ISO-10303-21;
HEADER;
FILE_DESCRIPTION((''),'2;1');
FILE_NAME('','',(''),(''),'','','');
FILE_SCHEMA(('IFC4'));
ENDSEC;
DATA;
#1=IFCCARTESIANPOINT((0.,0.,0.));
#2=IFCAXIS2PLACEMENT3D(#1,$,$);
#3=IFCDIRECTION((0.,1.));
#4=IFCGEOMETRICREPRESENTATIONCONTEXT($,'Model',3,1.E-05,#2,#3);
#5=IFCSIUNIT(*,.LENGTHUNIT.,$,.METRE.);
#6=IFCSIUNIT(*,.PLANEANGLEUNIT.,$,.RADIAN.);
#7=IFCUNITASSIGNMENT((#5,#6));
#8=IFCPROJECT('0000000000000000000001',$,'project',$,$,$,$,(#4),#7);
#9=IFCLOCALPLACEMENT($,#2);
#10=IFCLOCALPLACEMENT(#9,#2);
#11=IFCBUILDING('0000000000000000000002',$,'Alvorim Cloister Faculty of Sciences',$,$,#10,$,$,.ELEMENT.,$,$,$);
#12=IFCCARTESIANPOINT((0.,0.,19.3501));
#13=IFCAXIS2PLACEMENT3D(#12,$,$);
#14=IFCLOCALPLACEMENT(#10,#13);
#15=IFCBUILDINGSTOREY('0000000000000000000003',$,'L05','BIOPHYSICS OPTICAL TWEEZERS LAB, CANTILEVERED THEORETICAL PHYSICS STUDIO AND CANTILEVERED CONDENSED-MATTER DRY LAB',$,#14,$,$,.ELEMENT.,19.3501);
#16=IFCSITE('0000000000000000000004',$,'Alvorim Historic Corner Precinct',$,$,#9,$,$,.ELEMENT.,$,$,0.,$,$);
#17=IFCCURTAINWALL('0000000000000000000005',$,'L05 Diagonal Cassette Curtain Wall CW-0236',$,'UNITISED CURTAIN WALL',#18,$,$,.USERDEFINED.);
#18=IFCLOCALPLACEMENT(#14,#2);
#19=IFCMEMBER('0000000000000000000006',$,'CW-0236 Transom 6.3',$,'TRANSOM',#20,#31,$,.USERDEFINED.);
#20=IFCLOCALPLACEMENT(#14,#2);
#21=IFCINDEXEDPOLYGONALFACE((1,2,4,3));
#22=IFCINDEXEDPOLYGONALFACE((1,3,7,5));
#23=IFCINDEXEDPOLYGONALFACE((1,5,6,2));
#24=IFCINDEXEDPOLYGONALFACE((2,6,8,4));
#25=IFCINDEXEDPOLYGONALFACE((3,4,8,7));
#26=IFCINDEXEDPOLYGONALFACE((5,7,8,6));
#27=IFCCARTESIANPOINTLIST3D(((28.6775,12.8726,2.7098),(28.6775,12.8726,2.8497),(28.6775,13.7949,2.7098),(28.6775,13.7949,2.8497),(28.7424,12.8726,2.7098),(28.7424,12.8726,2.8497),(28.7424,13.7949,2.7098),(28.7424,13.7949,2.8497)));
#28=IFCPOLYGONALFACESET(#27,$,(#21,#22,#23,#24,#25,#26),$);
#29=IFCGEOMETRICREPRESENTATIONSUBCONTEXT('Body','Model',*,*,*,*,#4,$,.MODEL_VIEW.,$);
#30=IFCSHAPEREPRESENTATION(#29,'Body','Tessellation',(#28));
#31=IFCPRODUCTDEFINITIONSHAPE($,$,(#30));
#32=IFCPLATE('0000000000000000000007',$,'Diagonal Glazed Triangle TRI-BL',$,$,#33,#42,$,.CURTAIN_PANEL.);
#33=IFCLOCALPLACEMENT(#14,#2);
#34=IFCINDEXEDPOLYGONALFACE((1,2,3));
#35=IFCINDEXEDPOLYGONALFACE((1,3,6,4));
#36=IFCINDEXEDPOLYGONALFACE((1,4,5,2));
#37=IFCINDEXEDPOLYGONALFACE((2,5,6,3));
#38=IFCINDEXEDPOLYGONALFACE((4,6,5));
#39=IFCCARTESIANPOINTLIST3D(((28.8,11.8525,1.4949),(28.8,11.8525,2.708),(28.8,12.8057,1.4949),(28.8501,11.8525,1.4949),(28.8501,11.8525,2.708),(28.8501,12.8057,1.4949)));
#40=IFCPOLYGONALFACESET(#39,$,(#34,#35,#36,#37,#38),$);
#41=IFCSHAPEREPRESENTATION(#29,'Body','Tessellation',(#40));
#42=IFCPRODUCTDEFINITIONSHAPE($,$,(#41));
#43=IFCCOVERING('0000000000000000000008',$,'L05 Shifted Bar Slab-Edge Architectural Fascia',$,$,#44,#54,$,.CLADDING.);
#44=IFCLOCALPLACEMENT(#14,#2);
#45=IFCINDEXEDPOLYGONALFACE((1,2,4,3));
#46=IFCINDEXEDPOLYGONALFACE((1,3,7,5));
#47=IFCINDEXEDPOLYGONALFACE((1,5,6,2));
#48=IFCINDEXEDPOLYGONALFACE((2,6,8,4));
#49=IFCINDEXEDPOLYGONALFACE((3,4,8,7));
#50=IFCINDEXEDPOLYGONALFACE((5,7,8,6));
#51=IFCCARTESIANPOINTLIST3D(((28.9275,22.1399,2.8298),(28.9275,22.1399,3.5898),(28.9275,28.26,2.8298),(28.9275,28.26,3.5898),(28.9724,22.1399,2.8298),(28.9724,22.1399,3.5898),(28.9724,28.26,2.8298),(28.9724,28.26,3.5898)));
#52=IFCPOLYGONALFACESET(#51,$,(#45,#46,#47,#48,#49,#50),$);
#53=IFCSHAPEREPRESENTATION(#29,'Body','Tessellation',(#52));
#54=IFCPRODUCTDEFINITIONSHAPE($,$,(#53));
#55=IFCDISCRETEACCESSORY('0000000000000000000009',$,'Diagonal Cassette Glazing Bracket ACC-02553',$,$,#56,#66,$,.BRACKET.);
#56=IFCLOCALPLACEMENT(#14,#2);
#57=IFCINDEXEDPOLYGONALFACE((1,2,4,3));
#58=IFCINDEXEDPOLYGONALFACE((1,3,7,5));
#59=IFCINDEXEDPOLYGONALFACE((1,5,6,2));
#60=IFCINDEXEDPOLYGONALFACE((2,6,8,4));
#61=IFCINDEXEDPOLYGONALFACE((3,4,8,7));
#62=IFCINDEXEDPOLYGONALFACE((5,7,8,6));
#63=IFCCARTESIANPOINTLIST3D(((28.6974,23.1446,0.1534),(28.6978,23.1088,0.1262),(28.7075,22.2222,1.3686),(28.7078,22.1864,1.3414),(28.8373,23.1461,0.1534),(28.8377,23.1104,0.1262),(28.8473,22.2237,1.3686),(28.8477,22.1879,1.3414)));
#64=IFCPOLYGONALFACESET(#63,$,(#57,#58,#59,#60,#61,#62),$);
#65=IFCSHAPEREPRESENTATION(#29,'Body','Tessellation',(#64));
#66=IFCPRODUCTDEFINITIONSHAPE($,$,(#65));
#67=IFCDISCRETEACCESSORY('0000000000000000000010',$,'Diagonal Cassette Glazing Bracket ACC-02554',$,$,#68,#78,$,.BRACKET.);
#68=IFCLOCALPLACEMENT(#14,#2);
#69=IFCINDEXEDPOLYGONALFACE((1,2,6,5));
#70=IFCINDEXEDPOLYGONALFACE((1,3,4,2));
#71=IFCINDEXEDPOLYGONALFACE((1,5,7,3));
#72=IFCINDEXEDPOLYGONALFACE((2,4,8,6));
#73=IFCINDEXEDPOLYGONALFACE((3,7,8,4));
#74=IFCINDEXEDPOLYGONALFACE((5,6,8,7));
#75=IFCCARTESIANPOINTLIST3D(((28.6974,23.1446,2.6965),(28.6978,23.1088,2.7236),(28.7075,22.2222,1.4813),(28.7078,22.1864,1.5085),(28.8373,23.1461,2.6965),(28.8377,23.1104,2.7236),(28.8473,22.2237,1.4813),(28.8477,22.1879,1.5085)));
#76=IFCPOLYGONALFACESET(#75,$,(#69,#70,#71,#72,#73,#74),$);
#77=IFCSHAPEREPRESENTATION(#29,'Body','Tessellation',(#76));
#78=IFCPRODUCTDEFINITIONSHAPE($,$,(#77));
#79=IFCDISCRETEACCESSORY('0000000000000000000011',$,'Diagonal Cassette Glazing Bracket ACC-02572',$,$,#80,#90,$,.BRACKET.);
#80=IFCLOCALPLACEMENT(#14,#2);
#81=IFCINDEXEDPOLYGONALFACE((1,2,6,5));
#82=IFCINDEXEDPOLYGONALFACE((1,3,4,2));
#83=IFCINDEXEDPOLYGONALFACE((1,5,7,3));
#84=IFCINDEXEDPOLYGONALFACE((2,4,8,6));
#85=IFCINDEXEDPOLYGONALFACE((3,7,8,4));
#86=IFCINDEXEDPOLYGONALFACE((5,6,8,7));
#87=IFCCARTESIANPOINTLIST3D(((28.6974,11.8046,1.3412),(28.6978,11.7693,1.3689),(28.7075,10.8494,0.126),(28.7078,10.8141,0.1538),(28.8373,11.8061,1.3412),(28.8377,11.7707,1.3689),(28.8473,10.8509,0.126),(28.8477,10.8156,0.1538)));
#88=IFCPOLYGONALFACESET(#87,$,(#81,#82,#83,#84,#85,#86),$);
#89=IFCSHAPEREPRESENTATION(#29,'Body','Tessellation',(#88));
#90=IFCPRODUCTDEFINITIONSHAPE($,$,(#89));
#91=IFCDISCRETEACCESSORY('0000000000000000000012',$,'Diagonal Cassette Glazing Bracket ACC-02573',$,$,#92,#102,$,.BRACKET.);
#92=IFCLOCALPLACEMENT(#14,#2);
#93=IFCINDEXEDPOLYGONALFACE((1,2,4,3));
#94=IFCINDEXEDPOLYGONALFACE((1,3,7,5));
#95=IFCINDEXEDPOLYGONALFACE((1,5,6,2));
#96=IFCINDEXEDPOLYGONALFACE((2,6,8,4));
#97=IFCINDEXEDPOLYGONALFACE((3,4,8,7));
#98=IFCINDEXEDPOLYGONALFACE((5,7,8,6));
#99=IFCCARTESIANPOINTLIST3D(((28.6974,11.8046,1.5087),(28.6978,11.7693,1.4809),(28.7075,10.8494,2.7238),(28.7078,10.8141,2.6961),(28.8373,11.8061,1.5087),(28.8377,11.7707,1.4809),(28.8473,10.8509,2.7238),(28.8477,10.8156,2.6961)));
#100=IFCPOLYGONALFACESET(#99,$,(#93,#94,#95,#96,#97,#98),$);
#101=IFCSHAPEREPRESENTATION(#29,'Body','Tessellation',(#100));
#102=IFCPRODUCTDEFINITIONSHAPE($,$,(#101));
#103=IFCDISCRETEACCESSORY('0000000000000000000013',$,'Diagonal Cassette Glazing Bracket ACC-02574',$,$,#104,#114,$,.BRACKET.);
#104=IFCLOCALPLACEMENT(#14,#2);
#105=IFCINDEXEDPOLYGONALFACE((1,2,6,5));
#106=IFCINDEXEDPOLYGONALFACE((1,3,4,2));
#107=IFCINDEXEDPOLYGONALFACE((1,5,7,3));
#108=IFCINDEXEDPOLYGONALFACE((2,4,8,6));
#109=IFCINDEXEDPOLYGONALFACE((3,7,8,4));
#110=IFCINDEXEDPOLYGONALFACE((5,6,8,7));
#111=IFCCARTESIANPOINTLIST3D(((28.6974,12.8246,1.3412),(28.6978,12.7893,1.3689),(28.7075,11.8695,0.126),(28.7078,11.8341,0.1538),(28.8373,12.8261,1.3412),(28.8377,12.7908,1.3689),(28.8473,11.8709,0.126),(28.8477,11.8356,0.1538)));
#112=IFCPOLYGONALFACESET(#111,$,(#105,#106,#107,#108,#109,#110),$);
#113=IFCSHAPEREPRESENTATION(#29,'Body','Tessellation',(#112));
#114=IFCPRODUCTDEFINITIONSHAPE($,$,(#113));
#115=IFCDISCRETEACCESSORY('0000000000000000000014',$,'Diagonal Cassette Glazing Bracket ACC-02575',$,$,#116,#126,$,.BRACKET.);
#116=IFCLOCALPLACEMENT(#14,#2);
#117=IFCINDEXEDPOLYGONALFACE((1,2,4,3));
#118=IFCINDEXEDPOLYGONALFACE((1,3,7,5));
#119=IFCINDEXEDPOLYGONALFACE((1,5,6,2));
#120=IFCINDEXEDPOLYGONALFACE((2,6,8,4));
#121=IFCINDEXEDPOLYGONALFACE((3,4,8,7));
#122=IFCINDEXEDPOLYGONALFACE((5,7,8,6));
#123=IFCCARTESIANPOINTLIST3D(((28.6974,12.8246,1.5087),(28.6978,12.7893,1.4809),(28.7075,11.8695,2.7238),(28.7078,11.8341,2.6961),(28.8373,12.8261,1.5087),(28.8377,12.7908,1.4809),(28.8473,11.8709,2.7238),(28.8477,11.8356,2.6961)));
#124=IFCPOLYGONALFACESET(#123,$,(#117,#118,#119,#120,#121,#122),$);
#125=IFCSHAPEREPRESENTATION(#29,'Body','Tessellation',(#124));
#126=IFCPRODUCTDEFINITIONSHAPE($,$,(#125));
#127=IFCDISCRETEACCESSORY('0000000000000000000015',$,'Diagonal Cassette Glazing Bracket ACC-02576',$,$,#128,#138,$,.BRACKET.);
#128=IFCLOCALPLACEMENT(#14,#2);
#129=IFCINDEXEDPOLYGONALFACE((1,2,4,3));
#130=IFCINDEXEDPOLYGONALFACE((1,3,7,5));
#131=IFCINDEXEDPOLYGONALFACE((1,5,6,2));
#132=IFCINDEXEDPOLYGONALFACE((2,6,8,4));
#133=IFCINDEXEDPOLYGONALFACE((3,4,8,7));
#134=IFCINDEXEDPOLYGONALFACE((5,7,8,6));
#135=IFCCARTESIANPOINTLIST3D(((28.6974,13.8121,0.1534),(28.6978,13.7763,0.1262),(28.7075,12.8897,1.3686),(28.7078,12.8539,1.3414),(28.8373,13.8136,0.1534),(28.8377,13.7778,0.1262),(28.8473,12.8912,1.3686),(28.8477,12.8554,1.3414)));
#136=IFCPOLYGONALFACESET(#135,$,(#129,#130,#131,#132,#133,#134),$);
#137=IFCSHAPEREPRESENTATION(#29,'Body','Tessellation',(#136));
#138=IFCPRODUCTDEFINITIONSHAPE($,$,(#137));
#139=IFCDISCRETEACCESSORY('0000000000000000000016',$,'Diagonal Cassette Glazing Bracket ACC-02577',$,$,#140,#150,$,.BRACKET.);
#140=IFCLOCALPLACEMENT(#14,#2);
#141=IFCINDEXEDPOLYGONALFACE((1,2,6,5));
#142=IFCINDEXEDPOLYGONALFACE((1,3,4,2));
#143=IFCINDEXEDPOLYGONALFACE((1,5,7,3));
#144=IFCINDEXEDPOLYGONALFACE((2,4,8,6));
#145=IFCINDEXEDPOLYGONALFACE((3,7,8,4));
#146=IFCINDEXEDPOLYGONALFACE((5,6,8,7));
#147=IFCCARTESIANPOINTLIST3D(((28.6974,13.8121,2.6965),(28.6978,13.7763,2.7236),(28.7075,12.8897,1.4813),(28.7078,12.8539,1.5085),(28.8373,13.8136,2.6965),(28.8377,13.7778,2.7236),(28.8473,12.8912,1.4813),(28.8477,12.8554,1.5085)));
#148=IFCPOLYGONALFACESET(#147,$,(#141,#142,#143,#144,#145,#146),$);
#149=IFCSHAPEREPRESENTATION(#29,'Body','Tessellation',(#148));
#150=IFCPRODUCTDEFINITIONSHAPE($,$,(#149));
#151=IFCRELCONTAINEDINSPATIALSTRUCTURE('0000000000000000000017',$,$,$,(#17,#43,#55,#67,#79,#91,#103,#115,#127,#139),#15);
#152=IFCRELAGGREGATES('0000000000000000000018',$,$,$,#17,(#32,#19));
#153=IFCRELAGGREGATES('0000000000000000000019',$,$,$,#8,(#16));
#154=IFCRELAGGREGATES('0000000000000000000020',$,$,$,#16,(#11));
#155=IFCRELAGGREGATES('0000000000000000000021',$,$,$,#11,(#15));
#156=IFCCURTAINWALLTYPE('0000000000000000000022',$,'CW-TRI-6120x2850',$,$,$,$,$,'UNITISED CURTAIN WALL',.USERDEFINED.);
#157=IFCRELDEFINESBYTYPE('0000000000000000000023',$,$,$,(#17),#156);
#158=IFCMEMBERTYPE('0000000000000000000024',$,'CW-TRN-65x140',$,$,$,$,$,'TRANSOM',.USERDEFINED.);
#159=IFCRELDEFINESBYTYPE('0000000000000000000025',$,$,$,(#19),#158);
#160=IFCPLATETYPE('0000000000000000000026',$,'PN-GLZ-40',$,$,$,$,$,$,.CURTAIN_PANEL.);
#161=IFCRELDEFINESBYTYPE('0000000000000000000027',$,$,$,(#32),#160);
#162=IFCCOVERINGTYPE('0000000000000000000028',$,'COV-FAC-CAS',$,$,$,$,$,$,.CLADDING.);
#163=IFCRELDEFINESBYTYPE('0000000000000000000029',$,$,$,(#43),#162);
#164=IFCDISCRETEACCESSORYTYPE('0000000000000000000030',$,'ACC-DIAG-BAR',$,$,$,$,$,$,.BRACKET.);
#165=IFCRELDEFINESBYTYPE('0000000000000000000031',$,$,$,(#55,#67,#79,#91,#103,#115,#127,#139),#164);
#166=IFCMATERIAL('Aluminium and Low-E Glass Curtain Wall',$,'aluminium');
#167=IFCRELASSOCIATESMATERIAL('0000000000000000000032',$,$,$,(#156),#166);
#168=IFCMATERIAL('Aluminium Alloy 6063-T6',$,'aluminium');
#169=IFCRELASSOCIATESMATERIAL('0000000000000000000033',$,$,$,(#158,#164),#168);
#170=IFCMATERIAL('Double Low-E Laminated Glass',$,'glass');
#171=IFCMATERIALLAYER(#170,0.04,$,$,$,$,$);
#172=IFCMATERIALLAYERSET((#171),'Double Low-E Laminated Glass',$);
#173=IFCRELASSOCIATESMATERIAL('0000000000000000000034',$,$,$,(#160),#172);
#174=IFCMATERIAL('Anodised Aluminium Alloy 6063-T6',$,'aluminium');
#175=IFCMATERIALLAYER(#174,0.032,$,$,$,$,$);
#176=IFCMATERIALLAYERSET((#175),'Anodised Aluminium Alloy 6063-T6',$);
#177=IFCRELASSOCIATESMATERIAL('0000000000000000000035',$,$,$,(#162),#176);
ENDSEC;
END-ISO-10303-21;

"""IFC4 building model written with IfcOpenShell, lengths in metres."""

from ifc_helpers import new_model, si_unit, direction, frame, origin, origin_2d, place, context, subcontext, project, spatial, polyline, rectangle, outline, extrude, material, layer, layer_set, material_profile, profile_set, type_object, element, aggregate, save


model = new_model("IFC4")

# Units and contexts
model_context = context("Model", 3, precision=1e-05, world=origin(), true_north=direction((0.0, 1.0)))
body_context = subcontext(model_context, "Body", "Model", "MODEL_VIEW")
ifc_project = project(units=[si_unit("LENGTHUNIT", "METRE"), si_unit("PLANEANGLEUNIT", "RADIAN")], contexts=[model_context])

# Site, building, storey
site_placement = place(None, origin())
site = spatial("IfcSite", under=ifc_project, at=site_placement, Name="Alvorim Historic Corner Precinct", CompositionType="ELEMENT", RefElevation=0.0)
building_placement = place(site_placement, origin())
building = spatial("IfcBuilding", under=site, at=building_placement, Name="Alvorim Cloister Faculty of Sciences", CompositionType="ELEMENT")
storey_placement = place(building_placement, frame((0.0, 0.0, 19.3501)))
storey = spatial("IfcBuildingStorey", under=building, at=storey_placement, Name="L05", Description="BIOPHYSICS OPTICAL TWEEZERS LAB, CANTILEVERED THEORETICAL PHYSICS STUDIO AND CANTILEVERED CONDENSED-MATTER DRY LAB", CompositionType="ELEMENT", Elevation=19.3501)

# Curtain wall, member, plate
ifc_material_1 = material(Name="Aluminium and Low-E Glass Curtain Wall", Category="aluminium")
curtain_wall_type = type_object("IfcCurtainWallType", Name="CW-TRI-6120x2850", ElementType="UNITISED CURTAIN WALL", PredefinedType="USERDEFINED", material=ifc_material_1)
curtain_wall_placement = place(storey_placement, origin())
curtain_wall = element("IfcCurtainWall", 1, at=curtain_wall_placement, inside=storey, type_object=curtain_wall_type, Name="L05 Diagonal Cassette Curtain Wall CW-0236", ObjectType="UNITISED CURTAIN WALL", PredefinedType="USERDEFINED")
ifc_material_2 = material(Name="Aluminium Alloy 6063-T6", Category="aluminium")
ifc_material_profile_1 = material_profile(ifc_material_2, rectangle(XDim=0.0649, YDim=0.1399, at=origin_2d()), Name="ALU-TRN-65x140")
ifc_profile_set_1 = profile_set([ifc_material_profile_1], Name="Aluminium Alloy 6063-T6")
member_type_1 = type_object("IfcMemberType", Name="CW-TRN-65x140", ElementType="TRANSOM", PredefinedType="USERDEFINED", material=ifc_profile_set_1)
member_1_placement = place(storey_placement, frame((28.71, 12.8726, 2.7798), z_axis=(0.0, 1.0, 0.0), x_axis=(-1.0, 0.0, 0.0)))
member_1 = element("IfcMember", 2, at=member_1_placement, type_object=member_type_1, Name="CW-0236 Transom 6.3", ObjectType="TRANSOM", PredefinedType="USERDEFINED", context=body_context, shape_type="SweptSolid", body=[
    extrude(rectangle(XDim=0.0649, YDim=0.1399, at=origin_2d()), origin(), (0.0, 0.0, 1.0), 0.9224),
])
ifc_material_3 = material(Name="Double Low-E Laminated Glass", Category="glass")
ifc_layer_1 = layer(ifc_material_3, 0.04)
ifc_layer_set_1 = layer_set([ifc_layer_1], Name="Double Low-E Laminated Glass")
plate_type = type_object("IfcPlateType", Name="PN-GLZ-40", PredefinedType="CURTAIN_PANEL", material=ifc_layer_set_1)
plate_1_placement = place(storey_placement, frame((28.825, 11.8525, 1.4949), z_axis=(0.0, 0.0, 1.0), x_axis=(0.0, 1.0, 0.0)))
plate_1 = element("IfcPlate", 3, at=plate_1_placement, type_object=plate_type, Name="Diagonal Glazed Triangle TRI-BL", PredefinedType="CURTAIN_PANEL", context=body_context, shape_type="SweptSolid", body=[
    extrude(outline(polyline([(0.0, 0.0), (0.9531, 0.0), (0.0, 1.2131), (0.0, 0.0)])), frame((0.0, 0.0249, 0.0), z_axis=(0.0, -1.0, 0.0), x_axis=(1.0, 0.0, 0.0)), (0.0, 0.0, 1.0), 0.05),
])
aggregate(curtain_wall, [plate_1, member_1])

# Covering
ifc_material_4 = material(Name="Anodised Aluminium Alloy 6063-T6", Category="aluminium")
ifc_layer_2 = layer(ifc_material_4, 0.032)
ifc_layer_set_2 = layer_set([ifc_layer_2], Name="Anodised Aluminium Alloy 6063-T6")
covering_type = type_object("IfcCoveringType", Name="COV-FAC-CAS", PredefinedType="CLADDING", material=ifc_layer_set_2)
covering_placement = place(storey_placement, frame((28.95, 22.1399, 2.8298), z_axis=(0.0, 0.0, 1.0), x_axis=(0.0, 1.0, 0.0)))
element("IfcCovering", 4, at=covering_placement, inside=storey, type_object=covering_type, Name="L05 Shifted Bar Slab-Edge Architectural Fascia", PredefinedType="CLADDING", context=body_context, shape_type="SweptSolid", body=[
    extrude(outline(polyline([(0.0, 0.0), (6.1201, 0.0), (6.1201, 0.76), (0.0, 0.76), (0.0, 0.0)])), frame((0.0, 0.0225, 0.0), z_axis=(0.0, -1.0, 0.0), x_axis=(1.0, 0.0, 0.0)), (0.0, 0.0, 1.0), 0.0449),
])

# Discrete accessories
discrete_accessory_type = type_object("IfcDiscreteAccessoryType", Name="ACC-DIAG-BAR", PredefinedType="BRACKET", material=ifc_material_2)
for number, where, z_axis, x_axis, name in (
    (5, (28.7776, 22.2051, 1.355), (-0.006561, 0.604612, -0.796493), (-0.999941, -0.010852, 0.0), "Diagonal Cassette Glazing Bracket ACC-02553"),
    (6, (28.7776, 22.2051, 1.4949), (-0.006561, 0.604612, 0.796493), (-0.999941, -0.010852, 0.0), "Diagonal Cassette Glazing Bracket ACC-02554"),
):
    element("IfcDiscreteAccessory", number, at=place(storey_placement, frame(where, z_axis=z_axis, x_axis=x_axis)), inside=storey, type_object=discrete_accessory_type, Name=name, PredefinedType="BRACKET", context=body_context, shape_type="SweptSolid", body=[
        extrude(rectangle(XDim=0.1399, YDim=0.0449, at=origin_2d()), origin(), (0.0, 0.0, 1.0), 1.5256),
    ])
for number, where, z_axis, x_axis, name in (
    (7, (28.7776, 10.8325, 0.1399), (-0.006477, 0.617955, 0.786187), (-0.999945, -0.01048, 0.0), "Diagonal Cassette Glazing Bracket ACC-02572"),
    (8, (28.7776, 10.8325, 2.71), (-0.006477, 0.617955, -0.786187), (-0.999945, -0.01048, 0.0), "Diagonal Cassette Glazing Bracket ACC-02573"),
    (9, (28.7776, 11.8525, 0.1399), (-0.006477, 0.617955, 0.786187), (-0.999945, -0.01048, 0.0), "Diagonal Cassette Glazing Bracket ACC-02574"),
    (10, (28.7776, 11.8525, 2.71), (-0.006477, 0.617955, -0.786187), (-0.999945, -0.01048, 0.0), "Diagonal Cassette Glazing Bracket ACC-02575"),
):
    element("IfcDiscreteAccessory", number, at=place(storey_placement, frame(where, z_axis=z_axis, x_axis=x_axis)), inside=storey, type_object=discrete_accessory_type, Name=name, PredefinedType="BRACKET", context=body_context, shape_type="SweptSolid", body=[
        extrude(rectangle(XDim=0.1399, YDim=0.0449, at=origin_2d()), origin(), (0.0, 0.0, 1.0), 1.5457),
    ])
for number, where, z_axis, x_axis, name in (
    (11, (28.7776, 12.8726, 1.355), (-0.006561, 0.604612, -0.796493), (-0.999941, -0.010852, 0.0), "Diagonal Cassette Glazing Bracket ACC-02576"),
    (12, (28.7776, 12.8726, 1.4949), (-0.006561, 0.604612, 0.796493), (-0.999941, -0.010852, 0.0), "Diagonal Cassette Glazing Bracket ACC-02577"),
):
    element("IfcDiscreteAccessory", number, at=place(storey_placement, frame(where, z_axis=z_axis, x_axis=x_axis)), inside=storey, type_object=discrete_accessory_type, Name=name, PredefinedType="BRACKET", context=body_context, shape_type="SweptSolid", body=[
        extrude(rectangle(XDim=0.1399, YDim=0.0449, at=origin_2d()), origin(), (0.0, 0.0, 1.0), 1.5256),
    ])

save(model, "model.ifc")
